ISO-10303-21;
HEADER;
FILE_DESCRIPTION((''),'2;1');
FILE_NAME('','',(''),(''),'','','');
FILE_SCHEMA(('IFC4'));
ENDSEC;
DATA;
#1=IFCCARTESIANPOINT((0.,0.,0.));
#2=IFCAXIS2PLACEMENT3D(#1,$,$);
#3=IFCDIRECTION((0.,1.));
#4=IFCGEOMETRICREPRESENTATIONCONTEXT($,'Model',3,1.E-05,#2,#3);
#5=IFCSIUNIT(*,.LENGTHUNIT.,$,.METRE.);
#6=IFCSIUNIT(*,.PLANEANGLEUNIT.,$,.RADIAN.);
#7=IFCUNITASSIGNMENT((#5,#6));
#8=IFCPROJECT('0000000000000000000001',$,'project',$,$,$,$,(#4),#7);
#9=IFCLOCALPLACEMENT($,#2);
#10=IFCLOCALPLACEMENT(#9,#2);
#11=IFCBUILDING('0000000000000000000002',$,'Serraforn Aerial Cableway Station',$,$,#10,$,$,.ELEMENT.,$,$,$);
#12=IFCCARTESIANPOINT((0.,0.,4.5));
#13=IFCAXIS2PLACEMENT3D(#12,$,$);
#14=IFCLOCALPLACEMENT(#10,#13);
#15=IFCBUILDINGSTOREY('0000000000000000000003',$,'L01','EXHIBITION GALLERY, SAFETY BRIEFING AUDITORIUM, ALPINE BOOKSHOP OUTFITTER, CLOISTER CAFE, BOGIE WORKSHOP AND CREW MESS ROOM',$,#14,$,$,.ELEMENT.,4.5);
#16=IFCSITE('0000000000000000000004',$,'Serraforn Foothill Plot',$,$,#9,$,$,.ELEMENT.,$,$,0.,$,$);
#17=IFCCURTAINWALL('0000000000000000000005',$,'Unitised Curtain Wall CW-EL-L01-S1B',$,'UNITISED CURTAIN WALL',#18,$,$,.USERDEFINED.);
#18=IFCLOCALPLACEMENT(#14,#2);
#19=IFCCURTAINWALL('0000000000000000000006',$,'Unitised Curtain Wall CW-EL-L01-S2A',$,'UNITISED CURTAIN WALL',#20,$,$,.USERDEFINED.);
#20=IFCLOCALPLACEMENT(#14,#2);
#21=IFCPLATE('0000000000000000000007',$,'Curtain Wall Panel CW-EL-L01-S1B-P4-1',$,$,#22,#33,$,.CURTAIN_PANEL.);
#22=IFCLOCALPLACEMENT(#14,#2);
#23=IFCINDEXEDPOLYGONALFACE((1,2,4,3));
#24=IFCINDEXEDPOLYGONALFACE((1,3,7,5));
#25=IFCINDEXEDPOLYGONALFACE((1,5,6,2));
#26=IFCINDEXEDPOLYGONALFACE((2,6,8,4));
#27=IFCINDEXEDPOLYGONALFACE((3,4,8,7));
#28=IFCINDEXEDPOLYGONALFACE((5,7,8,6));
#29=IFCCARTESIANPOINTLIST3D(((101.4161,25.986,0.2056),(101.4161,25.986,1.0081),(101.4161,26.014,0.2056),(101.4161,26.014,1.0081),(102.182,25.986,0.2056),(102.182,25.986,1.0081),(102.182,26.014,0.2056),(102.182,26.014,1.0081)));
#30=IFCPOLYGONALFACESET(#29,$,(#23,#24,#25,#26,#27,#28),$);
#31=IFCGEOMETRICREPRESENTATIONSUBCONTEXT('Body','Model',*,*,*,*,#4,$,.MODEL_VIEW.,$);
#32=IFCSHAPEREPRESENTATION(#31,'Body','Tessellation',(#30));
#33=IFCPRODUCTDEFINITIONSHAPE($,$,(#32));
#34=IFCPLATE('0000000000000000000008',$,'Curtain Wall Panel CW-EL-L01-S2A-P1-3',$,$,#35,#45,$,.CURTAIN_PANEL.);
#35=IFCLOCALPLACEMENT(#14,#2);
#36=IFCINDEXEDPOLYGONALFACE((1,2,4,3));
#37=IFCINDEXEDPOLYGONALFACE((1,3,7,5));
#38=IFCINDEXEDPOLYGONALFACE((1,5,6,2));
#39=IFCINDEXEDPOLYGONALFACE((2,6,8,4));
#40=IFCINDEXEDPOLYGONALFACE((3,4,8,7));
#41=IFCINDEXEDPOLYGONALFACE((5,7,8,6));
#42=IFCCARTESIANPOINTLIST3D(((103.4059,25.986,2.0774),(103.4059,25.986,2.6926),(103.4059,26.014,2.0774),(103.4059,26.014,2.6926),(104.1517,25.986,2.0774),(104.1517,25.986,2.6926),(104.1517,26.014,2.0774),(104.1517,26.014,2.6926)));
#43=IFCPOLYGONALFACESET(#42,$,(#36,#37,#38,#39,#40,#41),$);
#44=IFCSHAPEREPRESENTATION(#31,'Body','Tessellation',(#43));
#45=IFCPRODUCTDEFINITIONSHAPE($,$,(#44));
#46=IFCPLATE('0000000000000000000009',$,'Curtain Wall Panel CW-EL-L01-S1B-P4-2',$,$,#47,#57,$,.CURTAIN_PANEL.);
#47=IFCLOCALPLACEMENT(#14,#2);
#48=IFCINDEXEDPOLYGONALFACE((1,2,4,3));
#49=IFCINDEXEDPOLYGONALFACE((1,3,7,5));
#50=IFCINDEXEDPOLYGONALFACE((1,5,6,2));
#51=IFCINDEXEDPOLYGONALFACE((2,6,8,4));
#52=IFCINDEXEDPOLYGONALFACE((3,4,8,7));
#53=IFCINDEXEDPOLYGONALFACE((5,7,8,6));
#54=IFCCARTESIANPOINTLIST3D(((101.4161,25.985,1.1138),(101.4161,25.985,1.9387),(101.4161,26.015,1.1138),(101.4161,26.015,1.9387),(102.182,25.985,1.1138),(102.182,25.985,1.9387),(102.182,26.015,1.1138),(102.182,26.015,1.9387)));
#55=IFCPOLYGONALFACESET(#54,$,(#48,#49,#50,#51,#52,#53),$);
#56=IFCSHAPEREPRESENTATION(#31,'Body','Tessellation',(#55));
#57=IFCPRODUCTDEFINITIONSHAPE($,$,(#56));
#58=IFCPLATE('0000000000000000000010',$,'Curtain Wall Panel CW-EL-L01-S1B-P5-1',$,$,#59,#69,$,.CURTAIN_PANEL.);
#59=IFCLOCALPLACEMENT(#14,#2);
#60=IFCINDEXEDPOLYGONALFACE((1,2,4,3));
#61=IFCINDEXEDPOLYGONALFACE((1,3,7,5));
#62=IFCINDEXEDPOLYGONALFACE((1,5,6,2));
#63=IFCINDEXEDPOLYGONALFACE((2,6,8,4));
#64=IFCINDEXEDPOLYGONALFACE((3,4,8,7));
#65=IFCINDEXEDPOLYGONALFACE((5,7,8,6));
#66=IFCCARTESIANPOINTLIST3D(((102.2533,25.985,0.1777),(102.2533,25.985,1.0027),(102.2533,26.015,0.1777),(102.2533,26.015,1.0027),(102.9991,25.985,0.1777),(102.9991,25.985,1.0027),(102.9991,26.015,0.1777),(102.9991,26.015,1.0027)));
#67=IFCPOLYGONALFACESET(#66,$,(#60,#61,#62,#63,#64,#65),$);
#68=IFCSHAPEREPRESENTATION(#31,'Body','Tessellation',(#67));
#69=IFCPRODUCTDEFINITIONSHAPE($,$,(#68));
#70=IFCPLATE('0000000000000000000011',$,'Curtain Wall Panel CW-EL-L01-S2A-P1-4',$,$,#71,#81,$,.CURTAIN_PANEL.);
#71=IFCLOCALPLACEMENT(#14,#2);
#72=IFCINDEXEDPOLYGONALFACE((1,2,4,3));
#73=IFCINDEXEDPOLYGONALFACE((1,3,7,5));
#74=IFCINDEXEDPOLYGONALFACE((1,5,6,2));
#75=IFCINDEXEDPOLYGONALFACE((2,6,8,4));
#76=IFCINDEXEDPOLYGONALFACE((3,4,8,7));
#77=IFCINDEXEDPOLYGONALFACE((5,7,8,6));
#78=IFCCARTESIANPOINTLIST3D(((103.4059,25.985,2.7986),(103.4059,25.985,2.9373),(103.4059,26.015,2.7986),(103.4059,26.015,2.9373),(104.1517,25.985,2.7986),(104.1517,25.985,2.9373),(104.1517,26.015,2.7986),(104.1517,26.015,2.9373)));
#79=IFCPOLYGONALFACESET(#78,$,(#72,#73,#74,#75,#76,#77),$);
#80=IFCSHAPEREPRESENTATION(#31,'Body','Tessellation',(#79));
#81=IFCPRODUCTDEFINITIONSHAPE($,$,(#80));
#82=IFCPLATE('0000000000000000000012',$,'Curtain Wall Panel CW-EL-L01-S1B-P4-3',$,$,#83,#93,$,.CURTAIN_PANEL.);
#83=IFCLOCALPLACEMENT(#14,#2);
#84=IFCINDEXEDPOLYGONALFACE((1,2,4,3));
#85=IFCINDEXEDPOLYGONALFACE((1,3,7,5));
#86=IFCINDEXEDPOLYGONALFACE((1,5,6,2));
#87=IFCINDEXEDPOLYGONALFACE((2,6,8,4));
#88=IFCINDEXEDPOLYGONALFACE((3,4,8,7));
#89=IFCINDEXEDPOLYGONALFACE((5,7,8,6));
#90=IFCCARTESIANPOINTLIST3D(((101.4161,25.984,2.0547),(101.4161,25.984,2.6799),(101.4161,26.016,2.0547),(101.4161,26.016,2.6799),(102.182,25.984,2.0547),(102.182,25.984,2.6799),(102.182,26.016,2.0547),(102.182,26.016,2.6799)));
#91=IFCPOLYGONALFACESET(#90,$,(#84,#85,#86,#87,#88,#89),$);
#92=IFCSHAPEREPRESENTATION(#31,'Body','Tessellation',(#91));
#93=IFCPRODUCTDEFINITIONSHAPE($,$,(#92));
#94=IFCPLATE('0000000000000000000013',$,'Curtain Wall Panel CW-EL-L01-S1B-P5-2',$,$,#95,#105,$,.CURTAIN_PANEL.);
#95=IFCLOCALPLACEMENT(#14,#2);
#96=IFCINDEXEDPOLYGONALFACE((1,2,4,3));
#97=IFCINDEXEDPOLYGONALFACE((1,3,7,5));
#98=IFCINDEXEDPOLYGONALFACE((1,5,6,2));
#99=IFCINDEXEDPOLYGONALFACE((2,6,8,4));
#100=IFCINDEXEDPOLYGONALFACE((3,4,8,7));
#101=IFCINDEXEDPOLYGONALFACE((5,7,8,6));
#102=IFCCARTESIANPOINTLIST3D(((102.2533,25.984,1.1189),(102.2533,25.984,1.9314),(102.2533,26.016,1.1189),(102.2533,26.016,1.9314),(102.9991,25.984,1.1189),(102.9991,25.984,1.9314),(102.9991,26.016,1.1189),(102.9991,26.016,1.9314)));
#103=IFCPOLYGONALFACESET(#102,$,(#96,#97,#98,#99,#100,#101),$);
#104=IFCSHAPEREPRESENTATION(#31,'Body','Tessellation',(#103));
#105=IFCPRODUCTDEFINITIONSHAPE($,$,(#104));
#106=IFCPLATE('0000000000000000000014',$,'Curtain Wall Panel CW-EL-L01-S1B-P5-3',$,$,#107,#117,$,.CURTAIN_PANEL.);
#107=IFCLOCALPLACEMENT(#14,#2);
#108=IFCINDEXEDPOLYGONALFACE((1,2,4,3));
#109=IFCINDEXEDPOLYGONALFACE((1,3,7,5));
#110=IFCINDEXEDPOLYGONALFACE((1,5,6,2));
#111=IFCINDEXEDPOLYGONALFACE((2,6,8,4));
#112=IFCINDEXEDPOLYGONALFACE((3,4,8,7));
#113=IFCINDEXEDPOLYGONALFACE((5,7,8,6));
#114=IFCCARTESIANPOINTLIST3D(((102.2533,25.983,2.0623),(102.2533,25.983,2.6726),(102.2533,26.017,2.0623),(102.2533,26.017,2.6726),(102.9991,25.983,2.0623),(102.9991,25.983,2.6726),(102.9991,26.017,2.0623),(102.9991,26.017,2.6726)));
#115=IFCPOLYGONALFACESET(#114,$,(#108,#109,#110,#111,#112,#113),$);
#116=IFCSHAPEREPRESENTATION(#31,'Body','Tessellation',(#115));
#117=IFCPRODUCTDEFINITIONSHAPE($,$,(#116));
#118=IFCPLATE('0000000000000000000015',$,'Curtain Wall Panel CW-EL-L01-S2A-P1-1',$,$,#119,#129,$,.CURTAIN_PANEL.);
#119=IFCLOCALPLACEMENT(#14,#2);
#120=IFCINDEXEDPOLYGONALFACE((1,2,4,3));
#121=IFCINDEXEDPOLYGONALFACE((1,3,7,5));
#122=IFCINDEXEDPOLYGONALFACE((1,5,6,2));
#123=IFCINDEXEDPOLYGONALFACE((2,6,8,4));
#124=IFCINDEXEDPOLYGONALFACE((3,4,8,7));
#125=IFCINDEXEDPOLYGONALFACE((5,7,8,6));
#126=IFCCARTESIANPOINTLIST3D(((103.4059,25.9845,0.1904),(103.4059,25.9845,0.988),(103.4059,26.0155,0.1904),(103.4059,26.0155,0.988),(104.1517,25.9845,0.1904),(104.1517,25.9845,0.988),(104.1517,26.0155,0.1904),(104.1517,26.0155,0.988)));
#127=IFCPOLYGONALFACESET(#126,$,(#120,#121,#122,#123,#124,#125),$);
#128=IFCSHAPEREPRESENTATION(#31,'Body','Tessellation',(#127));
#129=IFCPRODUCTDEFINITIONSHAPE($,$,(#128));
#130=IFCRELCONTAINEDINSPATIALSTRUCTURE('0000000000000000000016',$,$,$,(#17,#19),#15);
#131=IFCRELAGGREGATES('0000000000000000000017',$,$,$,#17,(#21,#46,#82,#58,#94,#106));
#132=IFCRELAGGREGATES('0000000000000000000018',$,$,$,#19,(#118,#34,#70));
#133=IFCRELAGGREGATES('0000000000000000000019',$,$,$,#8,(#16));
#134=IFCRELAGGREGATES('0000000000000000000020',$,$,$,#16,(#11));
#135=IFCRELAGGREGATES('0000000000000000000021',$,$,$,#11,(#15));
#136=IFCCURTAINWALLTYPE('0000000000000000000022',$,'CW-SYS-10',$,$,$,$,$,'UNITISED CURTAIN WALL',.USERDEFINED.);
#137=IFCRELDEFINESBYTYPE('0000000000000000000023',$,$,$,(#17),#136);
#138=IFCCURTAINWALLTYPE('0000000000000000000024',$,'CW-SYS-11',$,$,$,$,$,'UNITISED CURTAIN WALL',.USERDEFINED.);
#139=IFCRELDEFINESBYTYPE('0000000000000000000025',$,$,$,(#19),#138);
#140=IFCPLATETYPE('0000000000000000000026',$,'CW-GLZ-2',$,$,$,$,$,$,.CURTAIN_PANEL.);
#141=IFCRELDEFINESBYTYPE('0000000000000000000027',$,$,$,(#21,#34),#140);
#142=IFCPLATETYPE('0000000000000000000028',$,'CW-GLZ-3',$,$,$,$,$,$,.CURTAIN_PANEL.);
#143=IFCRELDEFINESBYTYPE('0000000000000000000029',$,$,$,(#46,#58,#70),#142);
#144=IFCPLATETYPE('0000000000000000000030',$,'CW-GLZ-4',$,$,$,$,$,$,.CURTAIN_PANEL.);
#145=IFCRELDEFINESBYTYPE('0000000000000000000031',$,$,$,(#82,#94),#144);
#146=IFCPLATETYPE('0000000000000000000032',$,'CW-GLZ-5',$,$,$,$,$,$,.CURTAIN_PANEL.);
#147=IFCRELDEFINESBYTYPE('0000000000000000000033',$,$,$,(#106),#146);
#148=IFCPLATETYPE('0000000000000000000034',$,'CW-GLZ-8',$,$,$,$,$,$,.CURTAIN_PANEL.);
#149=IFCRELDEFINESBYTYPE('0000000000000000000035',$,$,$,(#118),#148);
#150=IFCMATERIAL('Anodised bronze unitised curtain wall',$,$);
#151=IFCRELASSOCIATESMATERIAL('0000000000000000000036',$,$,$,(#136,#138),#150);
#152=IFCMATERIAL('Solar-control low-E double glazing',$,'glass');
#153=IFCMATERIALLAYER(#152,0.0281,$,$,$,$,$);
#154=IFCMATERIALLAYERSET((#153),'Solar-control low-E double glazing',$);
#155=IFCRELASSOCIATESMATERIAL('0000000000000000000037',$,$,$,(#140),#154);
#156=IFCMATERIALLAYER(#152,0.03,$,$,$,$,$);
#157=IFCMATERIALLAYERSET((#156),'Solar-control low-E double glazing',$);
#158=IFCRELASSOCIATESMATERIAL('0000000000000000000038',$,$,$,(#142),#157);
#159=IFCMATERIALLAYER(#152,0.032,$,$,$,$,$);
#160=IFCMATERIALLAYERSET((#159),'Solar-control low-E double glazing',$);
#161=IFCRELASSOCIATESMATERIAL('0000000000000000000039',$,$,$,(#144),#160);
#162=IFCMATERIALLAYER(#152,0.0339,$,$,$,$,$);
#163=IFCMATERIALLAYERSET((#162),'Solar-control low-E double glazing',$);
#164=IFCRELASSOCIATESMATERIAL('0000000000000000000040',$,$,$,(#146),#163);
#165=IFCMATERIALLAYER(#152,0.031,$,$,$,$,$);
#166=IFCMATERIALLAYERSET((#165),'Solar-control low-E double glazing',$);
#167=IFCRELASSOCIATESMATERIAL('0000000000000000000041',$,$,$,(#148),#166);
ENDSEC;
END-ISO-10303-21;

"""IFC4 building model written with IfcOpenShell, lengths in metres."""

from ifc_helpers import new_model, si_unit, direction, frame, origin, origin_2d, place, context, subcontext, project, spatial, rectangle, extrude, material, layer, layer_set, type_object, element, aggregate, save


model = new_model("IFC4")

# Units and contexts
model_context = context("Model", 3, precision=1e-05, world=origin(), true_north=direction((0.0, 1.0)))
body_context = subcontext(model_context, "Body", "Model", "MODEL_VIEW")
ifc_project = project(units=[si_unit("LENGTHUNIT", "METRE"), si_unit("PLANEANGLEUNIT", "RADIAN")], contexts=[model_context])

# Site, building, storey
site_placement = place(None, origin())
site = spatial("IfcSite", under=ifc_project, at=site_placement, Name="Serraforn Foothill Plot", CompositionType="ELEMENT", RefElevation=0.0)
building_placement = place(site_placement, origin())
building = spatial("IfcBuilding", under=site, at=building_placement, Name="Serraforn Aerial Cableway Station", CompositionType="ELEMENT")
storey_placement = place(building_placement, frame((0.0, 0.0, 4.5)))
storey = spatial("IfcBuildingStorey", under=building, at=storey_placement, Name="L01", Description="EXHIBITION GALLERY, SAFETY BRIEFING AUDITORIUM, ALPINE BOOKSHOP OUTFITTER, CLOISTER CAFE, BOGIE WORKSHOP AND CREW MESS ROOM", CompositionType="ELEMENT", Elevation=4.5)

# Curtain wall
ifc_material_1 = material(Name="Anodised bronze unitised curtain wall")
curtain_wall_type_1 = type_object("IfcCurtainWallType", Name="CW-SYS-10", ElementType="UNITISED CURTAIN WALL", PredefinedType="USERDEFINED", material=ifc_material_1)
curtain_wall_1_placement = place(storey_placement, origin())
curtain_wall_1 = element("IfcCurtainWall", 1, at=curtain_wall_1_placement, inside=storey, type_object=curtain_wall_type_1, Name="Unitised Curtain Wall CW-EL-L01-S1B", ObjectType="UNITISED CURTAIN WALL", PredefinedType="USERDEFINED")

# Curtain wall
curtain_wall_type_2 = type_object("IfcCurtainWallType", Name="CW-SYS-11", ElementType="UNITISED CURTAIN WALL", PredefinedType="USERDEFINED", material=ifc_material_1)
curtain_wall_2_placement = place(storey_placement, origin())
curtain_wall_2 = element("IfcCurtainWall", 2, at=curtain_wall_2_placement, inside=storey, type_object=curtain_wall_type_2, Name="Unitised Curtain Wall CW-EL-L01-S2A", ObjectType="UNITISED CURTAIN WALL", PredefinedType="USERDEFINED")

# Plates
ifc_material_2 = material(Name="Solar-control low-E double glazing", Category="glass")
ifc_layer_1 = layer(ifc_material_2, 0.0281)
ifc_layer_set_1 = layer_set([ifc_layer_1], Name="Solar-control low-E double glazing")
plate_type_1 = type_object("IfcPlateType", Name="CW-GLZ-2", PredefinedType="CURTAIN_PANEL", material=ifc_layer_set_1)
plate_1_placement = place(storey_placement, frame((101.7991, 26.0, 0.2056), z_axis=(0.0, 0.0, 1.0), x_axis=(1.0, 0.0, 0.0)))
plate_1 = element("IfcPlate", 3, at=plate_1_placement, type_object=plate_type_1, Name="Curtain Wall Panel CW-EL-L01-S1B-P4-1", PredefinedType="CURTAIN_PANEL", context=body_context, shape_type="SweptSolid", body=[
    extrude(rectangle(XDim=0.7659, YDim=0.0281, at=origin_2d()), origin(), (0.0, 0.0, 1.0), 0.8025),
])
plate_2_placement = place(storey_placement, frame((103.7788, 26.0, 2.0774), z_axis=(0.0, 0.0, 1.0), x_axis=(1.0, 0.0, 0.0)))
plate_2 = element("IfcPlate", 4, at=plate_2_placement, type_object=plate_type_1, Name="Curtain Wall Panel CW-EL-L01-S2A-P1-3", PredefinedType="CURTAIN_PANEL", context=body_context, shape_type="SweptSolid", body=[
    extrude(rectangle(XDim=0.7458, YDim=0.0281, at=origin_2d()), origin(), (0.0, 0.0, 1.0), 0.6152),
])
ifc_layer_2 = layer(ifc_material_2, 0.03)
ifc_layer_set_2 = layer_set([ifc_layer_2], Name="Solar-control low-E double glazing")
plate_type_2 = type_object("IfcPlateType", Name="CW-GLZ-3", PredefinedType="CURTAIN_PANEL", material=ifc_layer_set_2)
plate_3_placement = place(storey_placement, frame((101.7991, 26.0, 1.1138), z_axis=(0.0, 0.0, 1.0), x_axis=(1.0, 0.0, 0.0)))
plate_3 = element("IfcPlate", 5, at=plate_3_placement, type_object=plate_type_2, Name="Curtain Wall Panel CW-EL-L01-S1B-P4-2", PredefinedType="CURTAIN_PANEL", context=body_context, shape_type="SweptSolid", body=[
    extrude(rectangle(XDim=0.7659, YDim=0.03, at=origin_2d()), origin(), (0.0, 0.0, 1.0), 0.825),
])
plate_4_placement = place(storey_placement, frame((102.6262, 26.0, 0.1777), z_axis=(0.0, 0.0, 1.0), x_axis=(1.0, 0.0, 0.0)))
plate_4 = element("IfcPlate", 6, at=plate_4_placement, type_object=plate_type_2, Name="Curtain Wall Panel CW-EL-L01-S1B-P5-1", PredefinedType="CURTAIN_PANEL", context=body_context, shape_type="SweptSolid", body=[
    extrude(rectangle(XDim=0.7458, YDim=0.03, at=origin_2d()), origin(), (0.0, 0.0, 1.0), 0.825),
])
plate_5_placement = place(storey_placement, frame((103.7788, 26.0, 2.7986), z_axis=(0.0, 0.0, 1.0), x_axis=(1.0, 0.0, 0.0)))
plate_5 = element("IfcPlate", 7, at=plate_5_placement, type_object=plate_type_2, Name="Curtain Wall Panel CW-EL-L01-S2A-P1-4", PredefinedType="CURTAIN_PANEL", context=body_context, shape_type="SweptSolid", body=[
    extrude(rectangle(XDim=0.7458, YDim=0.03, at=origin_2d()), origin(), (0.0, 0.0, 1.0), 0.1387),
])
ifc_layer_3 = layer(ifc_material_2, 0.032)
ifc_layer_set_3 = layer_set([ifc_layer_3], Name="Solar-control low-E double glazing")
plate_type_3 = type_object("IfcPlateType", Name="CW-GLZ-4", PredefinedType="CURTAIN_PANEL", material=ifc_layer_set_3)
plate_6_placement = place(storey_placement, frame((101.7991, 26.0, 2.0547), z_axis=(0.0, 0.0, 1.0), x_axis=(1.0, 0.0, 0.0)))
plate_6 = element("IfcPlate", 8, at=plate_6_placement, type_object=plate_type_3, Name="Curtain Wall Panel CW-EL-L01-S1B-P4-3", PredefinedType="CURTAIN_PANEL", context=body_context, shape_type="SweptSolid", body=[
    extrude(rectangle(XDim=0.7659, YDim=0.032, at=origin_2d()), origin(), (0.0, 0.0, 1.0), 0.6252),
])
plate_7_placement = place(storey_placement, frame((102.6262, 26.0, 1.1189), z_axis=(0.0, 0.0, 1.0), x_axis=(1.0, 0.0, 0.0)))
plate_7 = element("IfcPlate", 9, at=plate_7_placement, type_object=plate_type_3, Name="Curtain Wall Panel CW-EL-L01-S1B-P5-2", PredefinedType="CURTAIN_PANEL", context=body_context, shape_type="SweptSolid", body=[
    extrude(rectangle(XDim=0.7458, YDim=0.032, at=origin_2d()), origin(), (0.0, 0.0, 1.0), 0.8125),
])
ifc_layer_4 = layer(ifc_material_2, 0.0339)
ifc_layer_set_4 = layer_set([ifc_layer_4], Name="Solar-control low-E double glazing")
plate_type_4 = type_object("IfcPlateType", Name="CW-GLZ-5", PredefinedType="CURTAIN_PANEL", material=ifc_layer_set_4)
plate_8_placement = place(storey_placement, frame((102.6262, 26.0, 2.0623), z_axis=(0.0, 0.0, 1.0), x_axis=(1.0, 0.0, 0.0)))
plate_8 = element("IfcPlate", 10, at=plate_8_placement, type_object=plate_type_4, Name="Curtain Wall Panel CW-EL-L01-S1B-P5-3", PredefinedType="CURTAIN_PANEL", context=body_context, shape_type="SweptSolid", body=[
    extrude(rectangle(XDim=0.7458, YDim=0.0339, at=origin_2d()), origin(), (0.0, 0.0, 1.0), 0.6104),
])
aggregate(curtain_wall_1, [plate_1, plate_3, plate_6, plate_4, plate_7, plate_8])
ifc_layer_5 = layer(ifc_material_2, 0.031)
ifc_layer_set_5 = layer_set([ifc_layer_5], Name="Solar-control low-E double glazing")
plate_type_5 = type_object("IfcPlateType", Name="CW-GLZ-8", PredefinedType="CURTAIN_PANEL", material=ifc_layer_set_5)
plate_9_placement = place(storey_placement, frame((103.7788, 26.0, 0.1904), z_axis=(0.0, 0.0, 1.0), x_axis=(1.0, 0.0, 0.0)))
plate_9 = element("IfcPlate", 11, at=plate_9_placement, type_object=plate_type_5, Name="Curtain Wall Panel CW-EL-L01-S2A-P1-1", PredefinedType="CURTAIN_PANEL", context=body_context, shape_type="SweptSolid", body=[
    extrude(rectangle(XDim=0.7458, YDim=0.031, at=origin_2d()), origin(), (0.0, 0.0, 1.0), 0.7976),
])
aggregate(curtain_wall_2, [plate_9, plate_2, plate_5])

save(model, "model.ifc")
